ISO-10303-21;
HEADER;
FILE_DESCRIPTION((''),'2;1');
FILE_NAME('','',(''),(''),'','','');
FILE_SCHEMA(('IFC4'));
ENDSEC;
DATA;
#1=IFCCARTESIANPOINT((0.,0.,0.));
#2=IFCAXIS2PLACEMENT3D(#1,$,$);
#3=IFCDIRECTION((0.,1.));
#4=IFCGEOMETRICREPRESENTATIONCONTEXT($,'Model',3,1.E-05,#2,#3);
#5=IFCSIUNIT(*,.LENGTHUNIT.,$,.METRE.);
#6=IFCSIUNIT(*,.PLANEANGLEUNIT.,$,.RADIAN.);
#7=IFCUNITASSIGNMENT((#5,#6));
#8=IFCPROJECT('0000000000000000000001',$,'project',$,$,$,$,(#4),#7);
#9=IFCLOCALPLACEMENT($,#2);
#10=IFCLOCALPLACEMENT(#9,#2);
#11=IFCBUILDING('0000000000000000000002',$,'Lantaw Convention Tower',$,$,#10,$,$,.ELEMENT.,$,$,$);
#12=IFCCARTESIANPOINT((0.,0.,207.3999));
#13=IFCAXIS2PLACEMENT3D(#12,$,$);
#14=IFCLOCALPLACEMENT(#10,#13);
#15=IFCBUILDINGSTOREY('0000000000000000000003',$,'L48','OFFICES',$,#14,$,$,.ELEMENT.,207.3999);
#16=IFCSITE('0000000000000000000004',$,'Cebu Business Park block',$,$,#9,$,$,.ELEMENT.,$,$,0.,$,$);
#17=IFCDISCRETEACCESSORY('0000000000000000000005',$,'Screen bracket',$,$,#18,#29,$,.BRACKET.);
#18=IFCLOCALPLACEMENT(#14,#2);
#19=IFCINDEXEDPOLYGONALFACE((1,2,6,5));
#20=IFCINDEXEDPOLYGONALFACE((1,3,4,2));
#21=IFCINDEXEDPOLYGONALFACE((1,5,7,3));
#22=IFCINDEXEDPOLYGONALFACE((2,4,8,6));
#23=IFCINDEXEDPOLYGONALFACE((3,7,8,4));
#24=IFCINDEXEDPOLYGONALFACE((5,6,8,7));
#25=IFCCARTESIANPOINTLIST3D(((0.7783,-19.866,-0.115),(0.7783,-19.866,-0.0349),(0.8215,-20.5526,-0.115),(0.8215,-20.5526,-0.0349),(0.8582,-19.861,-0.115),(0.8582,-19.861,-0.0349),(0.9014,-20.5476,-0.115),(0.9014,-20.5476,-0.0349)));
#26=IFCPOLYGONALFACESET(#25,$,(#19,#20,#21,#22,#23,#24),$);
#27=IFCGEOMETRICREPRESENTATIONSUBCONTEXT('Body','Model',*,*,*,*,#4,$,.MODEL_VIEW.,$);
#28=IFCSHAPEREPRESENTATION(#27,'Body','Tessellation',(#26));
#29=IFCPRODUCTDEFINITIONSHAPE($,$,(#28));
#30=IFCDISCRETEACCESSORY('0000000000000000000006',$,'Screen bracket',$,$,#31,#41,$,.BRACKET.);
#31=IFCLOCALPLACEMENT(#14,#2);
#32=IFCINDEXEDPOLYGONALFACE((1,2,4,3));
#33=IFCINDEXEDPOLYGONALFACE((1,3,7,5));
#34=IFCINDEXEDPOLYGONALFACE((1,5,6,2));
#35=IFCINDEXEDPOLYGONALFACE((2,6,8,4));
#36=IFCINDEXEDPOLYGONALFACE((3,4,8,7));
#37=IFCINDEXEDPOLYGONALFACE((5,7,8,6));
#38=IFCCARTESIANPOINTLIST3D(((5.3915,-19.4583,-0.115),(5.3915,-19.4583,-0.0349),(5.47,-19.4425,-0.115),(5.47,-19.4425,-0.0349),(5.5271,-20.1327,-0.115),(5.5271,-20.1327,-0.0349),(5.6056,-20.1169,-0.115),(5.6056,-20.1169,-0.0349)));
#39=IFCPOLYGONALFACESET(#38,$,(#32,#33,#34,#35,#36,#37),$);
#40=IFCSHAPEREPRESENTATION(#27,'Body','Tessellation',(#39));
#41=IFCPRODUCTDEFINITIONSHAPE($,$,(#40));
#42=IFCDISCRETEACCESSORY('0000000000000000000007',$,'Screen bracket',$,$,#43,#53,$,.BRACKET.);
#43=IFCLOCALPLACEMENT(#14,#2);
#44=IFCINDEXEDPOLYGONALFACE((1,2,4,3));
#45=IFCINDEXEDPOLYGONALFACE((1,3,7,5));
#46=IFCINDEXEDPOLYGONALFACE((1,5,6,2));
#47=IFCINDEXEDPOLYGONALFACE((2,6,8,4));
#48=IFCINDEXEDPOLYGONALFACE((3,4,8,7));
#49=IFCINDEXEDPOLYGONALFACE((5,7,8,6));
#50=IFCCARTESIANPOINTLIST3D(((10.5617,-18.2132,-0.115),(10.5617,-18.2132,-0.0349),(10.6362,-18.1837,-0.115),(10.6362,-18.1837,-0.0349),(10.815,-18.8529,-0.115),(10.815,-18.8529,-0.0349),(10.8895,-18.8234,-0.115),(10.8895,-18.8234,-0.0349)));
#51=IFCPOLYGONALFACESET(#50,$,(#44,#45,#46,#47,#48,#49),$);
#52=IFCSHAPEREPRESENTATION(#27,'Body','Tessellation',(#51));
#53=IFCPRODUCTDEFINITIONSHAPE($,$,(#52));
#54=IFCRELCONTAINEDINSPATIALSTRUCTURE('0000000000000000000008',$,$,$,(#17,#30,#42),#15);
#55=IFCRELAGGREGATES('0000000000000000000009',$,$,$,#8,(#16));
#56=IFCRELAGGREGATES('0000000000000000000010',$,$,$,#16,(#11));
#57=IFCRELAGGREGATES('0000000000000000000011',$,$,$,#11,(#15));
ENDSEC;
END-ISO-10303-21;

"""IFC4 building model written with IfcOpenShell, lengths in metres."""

from ifc_helpers import new_model, si_unit, direction, frame, origin, origin_2d, place, context, subcontext, project, spatial, rectangle, extrude, element, save


model = new_model("IFC4")

# Units and contexts
model_context = context("Model", 3, precision=1e-05, world=origin(), true_north=direction((0.0, 1.0)))
body_context = subcontext(model_context, "Body", "Model", "MODEL_VIEW")
ifc_project = project(units=[si_unit("LENGTHUNIT", "METRE"), si_unit("PLANEANGLEUNIT", "RADIAN")], contexts=[model_context])

# Site, building, storey
site_placement = place(None, origin())
site = spatial("IfcSite", under=ifc_project, at=site_placement, Name="Cebu Business Park block", CompositionType="ELEMENT", RefElevation=0.0)
building_placement = place(site_placement, origin())
building = spatial("IfcBuilding", under=site, at=building_placement, Name="Lantaw Convention Tower", CompositionType="ELEMENT")
storey_placement = place(building_placement, frame((0.0, 0.0, 207.3999)))
storey = spatial("IfcBuildingStorey", under=building, at=storey_placement, Name="L48", Description="OFFICES", CompositionType="ELEMENT", Elevation=207.3999)

# Discrete accessories
for number, where, z_axis, x_axis, name in (
    (1, (0.8398, -20.2068, -0.115), (0.0, 0.0, 1.0), (0.998029, 0.062758, 0.0), "Screen bracket"),
    (2, (5.4985, -19.7876, -0.115), (0.0, 0.0, 1.0), (0.980367, 0.197183, 0.0), "Screen bracket"),
    (3, (10.7256, -18.5183, -0.115), (0.0, 0.0, 1.0), (0.929762, 0.368162, 0.0), "Screen bracket"),
):
    element("IfcDiscreteAccessory", number, at=place(storey_placement, frame(where, z_axis=z_axis, x_axis=x_axis)), inside=storey, Name=name, PredefinedType="BRACKET", context=body_context, shape_type="SweptSolid", body=[
        extrude(rectangle(XDim=0.0801, YDim=0.688, at=origin_2d()), origin(), (0.0, 0.0, 1.0), 0.0801),
    ])

save(model, "model.ifc")
